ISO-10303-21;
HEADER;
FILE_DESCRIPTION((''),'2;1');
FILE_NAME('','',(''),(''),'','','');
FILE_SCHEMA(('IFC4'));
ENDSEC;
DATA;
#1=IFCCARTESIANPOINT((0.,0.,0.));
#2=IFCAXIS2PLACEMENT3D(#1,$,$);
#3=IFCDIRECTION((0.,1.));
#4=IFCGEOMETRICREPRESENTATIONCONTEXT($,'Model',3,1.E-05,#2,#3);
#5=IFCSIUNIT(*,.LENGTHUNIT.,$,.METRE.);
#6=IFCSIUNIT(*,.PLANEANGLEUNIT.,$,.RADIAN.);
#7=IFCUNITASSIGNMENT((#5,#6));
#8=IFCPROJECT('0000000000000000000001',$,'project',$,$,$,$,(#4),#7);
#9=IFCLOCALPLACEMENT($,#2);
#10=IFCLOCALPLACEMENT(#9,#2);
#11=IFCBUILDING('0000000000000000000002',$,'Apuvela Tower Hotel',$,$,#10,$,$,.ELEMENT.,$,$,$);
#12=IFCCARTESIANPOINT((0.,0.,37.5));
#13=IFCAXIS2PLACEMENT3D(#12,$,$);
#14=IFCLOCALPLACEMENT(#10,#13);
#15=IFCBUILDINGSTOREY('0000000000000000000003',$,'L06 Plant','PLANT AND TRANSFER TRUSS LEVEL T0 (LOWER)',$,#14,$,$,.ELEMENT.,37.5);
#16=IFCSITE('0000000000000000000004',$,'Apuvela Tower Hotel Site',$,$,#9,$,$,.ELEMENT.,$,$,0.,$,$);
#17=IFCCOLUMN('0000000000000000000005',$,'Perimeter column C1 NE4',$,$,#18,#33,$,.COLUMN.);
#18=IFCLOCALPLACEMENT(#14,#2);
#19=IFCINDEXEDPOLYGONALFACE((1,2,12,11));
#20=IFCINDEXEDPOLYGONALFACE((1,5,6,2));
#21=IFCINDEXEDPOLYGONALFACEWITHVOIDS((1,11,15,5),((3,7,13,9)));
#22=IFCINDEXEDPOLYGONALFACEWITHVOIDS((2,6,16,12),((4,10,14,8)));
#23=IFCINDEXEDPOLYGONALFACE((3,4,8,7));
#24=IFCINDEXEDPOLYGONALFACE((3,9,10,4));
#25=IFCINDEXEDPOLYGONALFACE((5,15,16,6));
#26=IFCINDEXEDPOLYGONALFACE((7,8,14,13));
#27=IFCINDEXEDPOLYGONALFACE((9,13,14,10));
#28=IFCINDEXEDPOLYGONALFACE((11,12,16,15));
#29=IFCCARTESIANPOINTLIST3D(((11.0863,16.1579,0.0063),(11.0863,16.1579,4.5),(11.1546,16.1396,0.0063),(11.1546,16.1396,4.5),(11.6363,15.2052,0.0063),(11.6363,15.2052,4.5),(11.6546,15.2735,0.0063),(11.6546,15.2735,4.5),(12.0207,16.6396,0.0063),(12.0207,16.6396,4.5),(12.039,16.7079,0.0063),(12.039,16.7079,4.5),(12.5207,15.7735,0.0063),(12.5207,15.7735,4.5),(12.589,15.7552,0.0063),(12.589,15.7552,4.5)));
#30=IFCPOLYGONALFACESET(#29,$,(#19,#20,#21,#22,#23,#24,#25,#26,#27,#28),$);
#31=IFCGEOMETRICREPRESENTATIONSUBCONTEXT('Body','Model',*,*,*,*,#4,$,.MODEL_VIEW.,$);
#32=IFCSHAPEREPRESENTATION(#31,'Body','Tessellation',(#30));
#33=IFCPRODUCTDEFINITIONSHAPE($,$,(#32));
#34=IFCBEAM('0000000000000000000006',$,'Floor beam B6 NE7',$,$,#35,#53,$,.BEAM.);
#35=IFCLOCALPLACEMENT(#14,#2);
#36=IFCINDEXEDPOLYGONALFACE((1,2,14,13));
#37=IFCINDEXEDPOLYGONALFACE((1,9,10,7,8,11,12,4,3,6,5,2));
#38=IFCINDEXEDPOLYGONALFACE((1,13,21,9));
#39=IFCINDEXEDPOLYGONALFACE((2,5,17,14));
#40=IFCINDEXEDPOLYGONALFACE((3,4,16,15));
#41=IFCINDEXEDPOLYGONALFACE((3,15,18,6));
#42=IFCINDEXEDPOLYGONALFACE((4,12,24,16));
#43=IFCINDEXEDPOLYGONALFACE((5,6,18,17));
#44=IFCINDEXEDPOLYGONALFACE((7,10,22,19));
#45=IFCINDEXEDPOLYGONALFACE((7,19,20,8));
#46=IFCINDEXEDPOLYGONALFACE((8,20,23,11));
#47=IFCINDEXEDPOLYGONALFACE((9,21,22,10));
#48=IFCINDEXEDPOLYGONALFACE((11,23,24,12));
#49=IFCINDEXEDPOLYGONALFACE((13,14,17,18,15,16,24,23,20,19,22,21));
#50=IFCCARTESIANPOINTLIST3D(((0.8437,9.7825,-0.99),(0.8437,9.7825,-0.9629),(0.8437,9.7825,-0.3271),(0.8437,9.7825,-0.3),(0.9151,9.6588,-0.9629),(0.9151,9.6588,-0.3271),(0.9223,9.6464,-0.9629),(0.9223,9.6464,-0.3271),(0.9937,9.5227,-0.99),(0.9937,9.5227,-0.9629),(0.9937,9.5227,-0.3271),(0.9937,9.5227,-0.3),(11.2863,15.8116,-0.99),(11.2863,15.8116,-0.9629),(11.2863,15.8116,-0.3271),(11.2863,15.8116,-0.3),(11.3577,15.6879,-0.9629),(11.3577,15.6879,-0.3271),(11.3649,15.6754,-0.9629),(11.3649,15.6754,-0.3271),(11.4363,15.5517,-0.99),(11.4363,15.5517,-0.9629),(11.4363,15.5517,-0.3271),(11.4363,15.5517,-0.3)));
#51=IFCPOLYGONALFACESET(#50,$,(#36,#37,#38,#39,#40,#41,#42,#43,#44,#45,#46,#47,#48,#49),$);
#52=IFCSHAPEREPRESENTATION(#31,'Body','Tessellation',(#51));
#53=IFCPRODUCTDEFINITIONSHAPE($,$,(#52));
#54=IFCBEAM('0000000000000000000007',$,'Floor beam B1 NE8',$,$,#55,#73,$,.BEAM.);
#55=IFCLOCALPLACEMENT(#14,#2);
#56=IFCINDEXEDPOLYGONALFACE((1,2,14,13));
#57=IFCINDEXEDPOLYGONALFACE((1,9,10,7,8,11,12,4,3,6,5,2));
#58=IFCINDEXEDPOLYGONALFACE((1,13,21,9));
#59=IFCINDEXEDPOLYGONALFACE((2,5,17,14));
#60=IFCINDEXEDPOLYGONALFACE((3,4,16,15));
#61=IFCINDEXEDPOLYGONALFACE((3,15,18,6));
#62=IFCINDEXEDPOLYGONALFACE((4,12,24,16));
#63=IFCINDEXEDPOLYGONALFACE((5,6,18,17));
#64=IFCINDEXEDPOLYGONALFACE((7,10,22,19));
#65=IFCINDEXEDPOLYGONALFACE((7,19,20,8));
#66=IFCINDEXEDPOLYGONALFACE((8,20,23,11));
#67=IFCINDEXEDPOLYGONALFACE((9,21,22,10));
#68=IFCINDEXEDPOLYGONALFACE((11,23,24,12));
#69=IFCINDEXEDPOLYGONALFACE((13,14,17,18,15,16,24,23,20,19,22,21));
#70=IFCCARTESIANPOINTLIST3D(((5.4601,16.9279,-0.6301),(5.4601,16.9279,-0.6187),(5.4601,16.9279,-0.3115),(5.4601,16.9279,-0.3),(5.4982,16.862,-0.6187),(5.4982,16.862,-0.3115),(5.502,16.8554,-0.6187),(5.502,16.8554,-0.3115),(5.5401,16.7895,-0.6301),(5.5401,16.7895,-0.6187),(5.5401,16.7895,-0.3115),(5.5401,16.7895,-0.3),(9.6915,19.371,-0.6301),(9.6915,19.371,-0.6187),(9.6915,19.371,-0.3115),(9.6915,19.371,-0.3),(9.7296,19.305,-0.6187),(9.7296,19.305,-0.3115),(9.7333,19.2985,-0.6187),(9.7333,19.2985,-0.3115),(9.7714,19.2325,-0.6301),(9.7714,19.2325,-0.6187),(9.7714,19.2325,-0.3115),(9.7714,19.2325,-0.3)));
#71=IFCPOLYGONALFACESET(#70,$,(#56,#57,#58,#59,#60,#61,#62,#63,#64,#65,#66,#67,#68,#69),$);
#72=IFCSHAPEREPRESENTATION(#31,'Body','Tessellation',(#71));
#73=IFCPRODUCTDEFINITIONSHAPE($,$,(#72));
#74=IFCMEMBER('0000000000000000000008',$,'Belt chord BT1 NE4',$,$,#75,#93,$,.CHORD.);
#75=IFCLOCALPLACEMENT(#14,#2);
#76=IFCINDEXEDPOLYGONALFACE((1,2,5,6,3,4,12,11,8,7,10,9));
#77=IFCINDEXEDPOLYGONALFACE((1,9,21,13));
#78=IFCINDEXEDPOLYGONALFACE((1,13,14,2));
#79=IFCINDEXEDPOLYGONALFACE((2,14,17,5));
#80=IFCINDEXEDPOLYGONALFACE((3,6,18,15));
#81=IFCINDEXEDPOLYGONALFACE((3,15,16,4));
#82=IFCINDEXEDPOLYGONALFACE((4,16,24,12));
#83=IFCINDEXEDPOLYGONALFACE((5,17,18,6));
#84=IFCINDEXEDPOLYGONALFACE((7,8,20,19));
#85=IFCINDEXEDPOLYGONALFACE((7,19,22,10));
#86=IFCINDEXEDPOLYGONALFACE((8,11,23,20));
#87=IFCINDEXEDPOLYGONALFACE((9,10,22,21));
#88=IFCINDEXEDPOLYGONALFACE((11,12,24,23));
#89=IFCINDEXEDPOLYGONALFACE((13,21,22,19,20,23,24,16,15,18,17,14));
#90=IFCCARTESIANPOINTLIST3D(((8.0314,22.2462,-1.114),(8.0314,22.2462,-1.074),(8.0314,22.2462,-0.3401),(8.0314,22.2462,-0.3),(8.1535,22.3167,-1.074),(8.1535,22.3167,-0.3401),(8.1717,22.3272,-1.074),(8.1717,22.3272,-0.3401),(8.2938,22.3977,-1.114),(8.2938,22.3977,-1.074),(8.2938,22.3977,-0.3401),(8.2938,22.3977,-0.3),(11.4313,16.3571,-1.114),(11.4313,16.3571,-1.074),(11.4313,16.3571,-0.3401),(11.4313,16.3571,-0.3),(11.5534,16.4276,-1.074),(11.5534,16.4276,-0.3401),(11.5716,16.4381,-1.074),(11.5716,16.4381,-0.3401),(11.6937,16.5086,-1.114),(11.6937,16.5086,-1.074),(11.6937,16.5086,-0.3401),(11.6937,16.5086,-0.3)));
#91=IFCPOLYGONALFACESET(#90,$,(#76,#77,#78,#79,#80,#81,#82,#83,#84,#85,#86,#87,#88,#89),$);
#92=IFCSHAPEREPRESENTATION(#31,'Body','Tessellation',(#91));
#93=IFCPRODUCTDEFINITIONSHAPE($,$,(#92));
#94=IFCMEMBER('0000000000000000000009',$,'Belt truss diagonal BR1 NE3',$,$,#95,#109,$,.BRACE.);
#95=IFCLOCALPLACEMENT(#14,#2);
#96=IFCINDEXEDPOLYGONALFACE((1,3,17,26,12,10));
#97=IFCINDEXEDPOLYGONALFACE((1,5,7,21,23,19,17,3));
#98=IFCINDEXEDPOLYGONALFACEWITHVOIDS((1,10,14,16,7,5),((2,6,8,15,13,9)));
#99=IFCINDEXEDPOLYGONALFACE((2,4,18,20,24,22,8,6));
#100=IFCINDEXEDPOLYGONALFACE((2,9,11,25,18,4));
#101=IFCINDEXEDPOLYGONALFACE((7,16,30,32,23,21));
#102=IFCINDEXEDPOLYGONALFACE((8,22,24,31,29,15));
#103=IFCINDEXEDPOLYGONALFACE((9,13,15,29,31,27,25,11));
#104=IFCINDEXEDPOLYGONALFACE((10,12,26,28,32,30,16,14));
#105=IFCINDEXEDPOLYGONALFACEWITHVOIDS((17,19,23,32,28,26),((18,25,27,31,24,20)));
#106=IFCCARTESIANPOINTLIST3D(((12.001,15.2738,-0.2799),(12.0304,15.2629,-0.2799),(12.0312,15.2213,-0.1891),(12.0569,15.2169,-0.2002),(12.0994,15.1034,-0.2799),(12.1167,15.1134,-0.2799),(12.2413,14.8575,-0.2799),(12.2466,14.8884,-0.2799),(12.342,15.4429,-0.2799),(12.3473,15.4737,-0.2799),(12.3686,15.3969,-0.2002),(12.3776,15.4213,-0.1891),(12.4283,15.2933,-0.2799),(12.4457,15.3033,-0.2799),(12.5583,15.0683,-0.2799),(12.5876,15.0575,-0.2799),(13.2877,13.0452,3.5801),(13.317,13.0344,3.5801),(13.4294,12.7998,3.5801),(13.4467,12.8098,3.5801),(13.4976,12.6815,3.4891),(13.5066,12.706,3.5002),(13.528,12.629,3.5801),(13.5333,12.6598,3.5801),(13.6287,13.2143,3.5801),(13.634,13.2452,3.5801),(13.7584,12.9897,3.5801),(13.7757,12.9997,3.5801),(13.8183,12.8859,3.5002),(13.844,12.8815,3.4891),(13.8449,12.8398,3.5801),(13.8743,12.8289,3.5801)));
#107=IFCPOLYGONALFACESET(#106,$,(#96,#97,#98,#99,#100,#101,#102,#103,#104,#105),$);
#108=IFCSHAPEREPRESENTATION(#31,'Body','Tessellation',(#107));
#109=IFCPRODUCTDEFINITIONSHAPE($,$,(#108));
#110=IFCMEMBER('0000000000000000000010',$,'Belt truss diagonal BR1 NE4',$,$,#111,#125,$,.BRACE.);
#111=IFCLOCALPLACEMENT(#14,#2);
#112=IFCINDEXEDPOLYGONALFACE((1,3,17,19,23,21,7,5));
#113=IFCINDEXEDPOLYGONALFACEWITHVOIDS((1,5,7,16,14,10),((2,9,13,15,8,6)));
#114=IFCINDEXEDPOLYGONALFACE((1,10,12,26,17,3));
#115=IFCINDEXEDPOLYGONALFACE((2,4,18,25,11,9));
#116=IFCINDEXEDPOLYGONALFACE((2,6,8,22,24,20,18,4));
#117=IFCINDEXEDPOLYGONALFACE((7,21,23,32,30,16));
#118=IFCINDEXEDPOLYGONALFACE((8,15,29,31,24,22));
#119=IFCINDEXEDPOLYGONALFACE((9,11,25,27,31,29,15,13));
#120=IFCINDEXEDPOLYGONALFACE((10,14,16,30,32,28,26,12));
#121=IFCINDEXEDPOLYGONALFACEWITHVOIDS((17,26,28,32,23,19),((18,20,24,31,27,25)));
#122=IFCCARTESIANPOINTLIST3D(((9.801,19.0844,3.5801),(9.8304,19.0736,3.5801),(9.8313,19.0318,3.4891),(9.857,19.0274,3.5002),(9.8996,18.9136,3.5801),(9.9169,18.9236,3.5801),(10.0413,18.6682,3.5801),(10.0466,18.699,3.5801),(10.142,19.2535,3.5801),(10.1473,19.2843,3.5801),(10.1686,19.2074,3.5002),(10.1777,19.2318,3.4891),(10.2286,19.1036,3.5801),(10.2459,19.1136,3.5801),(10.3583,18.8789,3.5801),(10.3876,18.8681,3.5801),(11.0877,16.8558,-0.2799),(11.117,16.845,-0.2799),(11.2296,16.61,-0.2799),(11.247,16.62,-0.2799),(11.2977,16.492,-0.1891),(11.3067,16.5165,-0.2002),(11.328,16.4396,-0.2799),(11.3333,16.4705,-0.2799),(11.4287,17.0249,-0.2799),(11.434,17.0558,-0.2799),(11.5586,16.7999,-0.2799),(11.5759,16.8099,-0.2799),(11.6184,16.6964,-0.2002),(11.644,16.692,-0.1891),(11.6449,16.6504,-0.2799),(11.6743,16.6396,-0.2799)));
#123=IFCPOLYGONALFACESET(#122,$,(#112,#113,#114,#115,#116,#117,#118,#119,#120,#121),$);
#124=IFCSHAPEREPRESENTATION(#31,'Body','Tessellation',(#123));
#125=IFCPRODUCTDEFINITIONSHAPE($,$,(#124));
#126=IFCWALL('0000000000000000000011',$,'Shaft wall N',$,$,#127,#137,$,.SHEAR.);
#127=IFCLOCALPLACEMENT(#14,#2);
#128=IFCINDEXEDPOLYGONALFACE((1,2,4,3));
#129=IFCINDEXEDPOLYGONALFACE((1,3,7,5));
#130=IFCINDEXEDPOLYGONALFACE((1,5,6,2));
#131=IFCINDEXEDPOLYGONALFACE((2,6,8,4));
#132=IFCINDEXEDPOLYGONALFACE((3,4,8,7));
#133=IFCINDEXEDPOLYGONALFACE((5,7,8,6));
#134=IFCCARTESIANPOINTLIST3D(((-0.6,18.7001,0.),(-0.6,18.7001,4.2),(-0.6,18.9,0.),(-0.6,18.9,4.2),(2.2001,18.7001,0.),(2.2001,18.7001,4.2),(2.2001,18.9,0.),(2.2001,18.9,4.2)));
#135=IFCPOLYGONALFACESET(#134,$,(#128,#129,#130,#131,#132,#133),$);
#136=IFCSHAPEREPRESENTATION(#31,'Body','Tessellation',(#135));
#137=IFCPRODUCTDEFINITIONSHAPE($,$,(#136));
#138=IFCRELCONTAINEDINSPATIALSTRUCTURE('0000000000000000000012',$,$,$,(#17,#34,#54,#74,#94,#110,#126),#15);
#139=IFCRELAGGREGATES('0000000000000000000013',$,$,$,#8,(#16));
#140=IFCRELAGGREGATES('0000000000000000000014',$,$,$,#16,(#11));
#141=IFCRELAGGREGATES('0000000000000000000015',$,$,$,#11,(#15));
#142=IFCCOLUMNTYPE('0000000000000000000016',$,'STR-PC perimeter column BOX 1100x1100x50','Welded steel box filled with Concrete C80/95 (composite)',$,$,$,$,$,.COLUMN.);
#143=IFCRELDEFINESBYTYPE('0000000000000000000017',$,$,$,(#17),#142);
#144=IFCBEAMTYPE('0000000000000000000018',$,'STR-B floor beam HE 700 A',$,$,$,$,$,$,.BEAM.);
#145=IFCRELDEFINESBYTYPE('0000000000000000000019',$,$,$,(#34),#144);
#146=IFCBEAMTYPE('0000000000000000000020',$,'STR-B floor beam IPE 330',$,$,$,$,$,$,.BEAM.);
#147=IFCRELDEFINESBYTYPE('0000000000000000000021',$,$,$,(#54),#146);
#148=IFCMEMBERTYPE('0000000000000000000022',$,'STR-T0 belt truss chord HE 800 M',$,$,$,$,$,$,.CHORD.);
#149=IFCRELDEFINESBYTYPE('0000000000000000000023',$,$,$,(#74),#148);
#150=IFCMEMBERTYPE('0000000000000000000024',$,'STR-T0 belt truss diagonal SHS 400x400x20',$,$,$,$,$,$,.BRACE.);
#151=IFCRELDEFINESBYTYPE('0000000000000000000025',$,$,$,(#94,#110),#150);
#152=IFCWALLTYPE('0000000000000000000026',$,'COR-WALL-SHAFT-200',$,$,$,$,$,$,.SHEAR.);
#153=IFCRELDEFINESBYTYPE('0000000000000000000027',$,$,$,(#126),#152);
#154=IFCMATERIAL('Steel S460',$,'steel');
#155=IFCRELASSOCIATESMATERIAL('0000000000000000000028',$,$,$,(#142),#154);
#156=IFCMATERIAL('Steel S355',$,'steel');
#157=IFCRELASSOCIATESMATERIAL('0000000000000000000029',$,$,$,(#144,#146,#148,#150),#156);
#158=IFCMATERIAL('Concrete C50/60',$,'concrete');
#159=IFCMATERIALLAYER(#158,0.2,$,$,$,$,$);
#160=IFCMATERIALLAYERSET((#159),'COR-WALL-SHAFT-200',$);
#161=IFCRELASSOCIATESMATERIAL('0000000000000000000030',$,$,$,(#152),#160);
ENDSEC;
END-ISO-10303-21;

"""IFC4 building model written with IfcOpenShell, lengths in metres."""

from ifc_helpers import new_model, si_unit, direction, frame, frame_2d, origin, origin_2d, place, context, subcontext, project, spatial, rectangle, hollow_rectangle, i_section, extrude, boolean, halfspace, material, layer, layer_set, material_profile, profile_set, type_object, element, save


model = new_model("IFC4")

# Units and contexts
model_context = context("Model", 3, precision=1e-05, world=origin(), true_north=direction((0.0, 1.0)))
body_context = subcontext(model_context, "Body", "Model", "MODEL_VIEW")
ifc_project = project(units=[si_unit("LENGTHUNIT", "METRE"), si_unit("PLANEANGLEUNIT", "RADIAN")], contexts=[model_context])

# Site, building, storey
site_placement = place(None, origin())
site = spatial("IfcSite", under=ifc_project, at=site_placement, Name="Apuvela Tower Hotel Site", CompositionType="ELEMENT", RefElevation=0.0)
building_placement = place(site_placement, origin())
building = spatial("IfcBuilding", under=site, at=building_placement, Name="Apuvela Tower Hotel", CompositionType="ELEMENT")
storey_placement = place(building_placement, frame((0.0, 0.0, 37.5)))
storey = spatial("IfcBuildingStorey", under=building, at=storey_placement, Name="L06 Plant", Description="PLANT AND TRANSFER TRUSS LEVEL T0 (LOWER)", CompositionType="ELEMENT", Elevation=37.5)

# Column
ifc_material_1 = material(Name="Steel S460", Category="steel")
ifc_material_profile_1 = material_profile(ifc_material_1, hollow_rectangle(XDim=1.1001, YDim=1.1001, WallThickness=0.05, at=origin_2d()), Name="BOX 1100x1100x50")
ifc_material_2 = material(Name="Concrete C80/95", Category="concrete")
ifc_material_profile_2 = material_profile(ifc_material_2, rectangle(XDim=1.0, YDim=1.0, at=origin_2d()), Name="Concrete C80/95 infill")
ifc_profile_set_1 = profile_set([ifc_material_profile_1, ifc_material_profile_2], Name="Steel S460")
column_type = type_object("IfcColumnType", Name="STR-PC perimeter column BOX 1100x1100x50", Description="Welded steel box filled with Concrete C80/95 (composite)", PredefinedType="COLUMN", material=ifc_profile_set_1)
column_placement = place(storey_placement, frame((11.8376, 15.9565, 0.0), z_axis=(0.0, 0.0, 1.0), x_axis=(-0.5, 0.866025, 0.0)))
element("IfcColumn", 1, at=column_placement, inside=storey, type_object=column_type, Name="Perimeter column C1 NE4", PredefinedType="COLUMN", context=body_context, shape_type="SweptSolid", body=[
    boolean("DIFFERENCE", extrude(hollow_rectangle(XDim=1.1001, YDim=1.1001, WallThickness=0.05, at=origin_2d()), origin(), (0.0, 0.0, 1.0), 4.5), halfspace(frame((0.0, 0.0, 0.0063), z_axis=(0.0, 0.0, 1.0), x_axis=(1.0, 0.0, 0.0)), True)),
])

# Beams
ifc_material_3 = material(Name="Steel S355", Category="steel")
ifc_material_profile_3 = material_profile(ifc_material_3, i_section(OverallWidth=0.3, OverallDepth=0.6899, WebThickness=0.0144, FlangeThickness=0.0271, at=origin_2d()), Name="HE 700 A")
ifc_profile_set_2 = profile_set([ifc_material_profile_3], Name="Steel S355")
beam_type_1 = type_object("IfcBeamType", Name="STR-B floor beam HE 700 A", PredefinedType="BEAM", material=ifc_profile_set_2)
beam_1_placement = place(storey_placement, frame((11.3613, 15.6816, -0.645), z_axis=(-0.866025, -0.5, 0.0), x_axis=(0.5, -0.866025, 0.0)))
element("IfcBeam", 2, at=beam_1_placement, inside=storey, type_object=beam_type_1, Name="Floor beam B6 NE7", PredefinedType="BEAM", context=body_context, shape_type="SweptSolid", body=[
    extrude(i_section(OverallWidth=0.3, OverallDepth=0.6899, WebThickness=0.0144, FlangeThickness=0.0271, at=origin_2d()), origin(), (0.0, 0.0, 1.0), 12.0581),
])
ifc_material_profile_4 = material_profile(ifc_material_3, i_section(OverallWidth=0.1599, OverallDepth=0.3301, WebThickness=0.0076, FlangeThickness=0.0115, at=origin_2d()), Name="IPE 330")
ifc_profile_set_3 = profile_set([ifc_material_profile_4], Name="Steel S355")
beam_type_2 = type_object("IfcBeamType", Name="STR-B floor beam IPE 330", PredefinedType="BEAM", material=ifc_profile_set_3)
beam_2_placement = place(storey_placement, frame((9.7314, 19.3018, -0.4651), z_axis=(-0.866018, -0.500014, 0.0), x_axis=(0.500014, -0.866018, 0.0)))
element("IfcBeam", 3, at=beam_2_placement, inside=storey, type_object=beam_type_2, Name="Floor beam B1 NE8", PredefinedType="BEAM", context=body_context, shape_type="SweptSolid", body=[
    extrude(i_section(OverallWidth=0.1599, OverallDepth=0.3301, WebThickness=0.0076, FlangeThickness=0.0115, at=origin_2d()), origin(), (0.0, 0.0, 1.0), 4.886),
])

# Members
ifc_material_profile_5 = material_profile(ifc_material_3, i_section(OverallWidth=0.303, OverallDepth=0.814, WebThickness=0.021, FlangeThickness=0.04, at=origin_2d()), Name="HE 800 M")
ifc_profile_set_4 = profile_set([ifc_material_profile_5], Name="Steel S355")
member_type_1 = type_object("IfcMemberType", Name="STR-T0 belt truss chord HE 800 M", PredefinedType="CHORD", material=ifc_profile_set_4)
member_1_placement = place(storey_placement, frame((11.5625, 16.4329, -0.707), z_axis=(-0.499977, 0.866039, 0.0), x_axis=(-0.866039, -0.499977, 0.0)))
element("IfcMember", 4, at=member_1_placement, inside=storey, type_object=member_type_1, Name="Belt chord BT1 NE4", PredefinedType="CHORD", context=body_context, shape_type="SweptSolid", body=[
    extrude(i_section(OverallWidth=0.303, OverallDepth=0.814, WebThickness=0.021, FlangeThickness=0.04, at=origin_2d()), origin(), (0.0, 0.0, 1.0), 6.8),
])
ifc_material_profile_6 = material_profile(ifc_material_3, hollow_rectangle(XDim=0.3999, YDim=0.3999, WallThickness=0.02, at=origin_2d()), Name="SHS 400x400x20")
ifc_profile_set_5 = profile_set([ifc_material_profile_6], Name="Steel S355")
member_type_2 = type_object("IfcMemberType", Name="STR-T0 belt truss diagonal SHS 400x400x20", PredefinedType="BRACE", material=ifc_profile_set_5)
member_2_placement = place(storey_placement, frame((12.2876, 15.1772, -0.3), z_axis=(0.277351, -0.480378, 0.832054), x_axis=(-0.416033, 0.720576, 0.554695)))
solid_1 = boolean("DIFFERENCE", boolean("DIFFERENCE", extrude(hollow_rectangle(XDim=0.3999, YDim=0.3999, WallThickness=0.02, at=origin_2d()), frame((0.0, 0.0, -0.2534)), (0.0, 0.0, 1.0), 5.1941), halfspace(frame((0.0, 0.0, 0.0242), z_axis=(0.554695, 0.0, 0.832054), x_axis=(0.832054, 0.0, -0.554695)), True)), halfspace(frame((0.0, 0.0, 4.6633), z_axis=(0.554695, 0.0, 0.832054), x_axis=(0.832054, 0.0, -0.554695)), False))
element("IfcMember", 5, at=member_2_placement, inside=storey, type_object=member_type_2, Name="Belt truss diagonal BR1 NE3", PredefinedType="BRACE", context=body_context, shape_type="SweptSolid", body=[
    boolean("UNION", boolean("DIFFERENCE", boolean("DIFFERENCE", extrude(hollow_rectangle(XDim=0.3999, YDim=0.3999, WallThickness=0.02, at=origin_2d()), origin(), (0.0, 0.0, 1.0), 4.6873), halfspace(frame((0.0, 0.0, 0.0242), z_axis=(0.554695, 0.0, 0.832054), x_axis=(0.832054, 0.0, -0.554695)), True)), halfspace(frame((0.0, 0.0, 4.6633), z_axis=(0.554695, 0.0, 0.832054), x_axis=(0.832054, 0.0, -0.554695)), False)), solid_1),
])
member_3_placement = place(storey_placement, frame((11.3877, 16.7361, -0.3), z_axis=(-0.277351, 0.480378, 0.832054), x_axis=(0.416033, -0.720576, 0.554695)))
solid_2 = boolean("DIFFERENCE", boolean("DIFFERENCE", extrude(hollow_rectangle(XDim=0.3999, YDim=0.3999, WallThickness=0.02, at=origin_2d()), frame((0.0, 0.0, -0.2534)), (0.0, 0.0, 1.0), 5.1941), halfspace(frame((0.0, 0.0, 0.0242), z_axis=(0.554695, 0.0, 0.832054), x_axis=(0.832054, 0.0, -0.554695)), True)), halfspace(frame((0.0, 0.0, 4.6633), z_axis=(0.554695, 0.0, 0.832054), x_axis=(0.832054, 0.0, -0.554695)), False))
element("IfcMember", 6, at=member_3_placement, inside=storey, type_object=member_type_2, Name="Belt truss diagonal BR1 NE4", PredefinedType="BRACE", context=body_context, shape_type="SweptSolid", body=[
    boolean("UNION", boolean("DIFFERENCE", boolean("DIFFERENCE", extrude(hollow_rectangle(XDim=0.3999, YDim=0.3999, WallThickness=0.02, at=origin_2d()), origin(), (0.0, 0.0, 1.0), 4.6873), halfspace(frame((0.0, 0.0, 0.0242), z_axis=(0.554695, 0.0, 0.832054), x_axis=(0.832054, 0.0, -0.554695)), True)), halfspace(frame((0.0, 0.0, 4.6633), z_axis=(0.554695, 0.0, 0.832054), x_axis=(0.832054, 0.0, -0.554695)), False)), solid_2),
])

# Wall
ifc_material_4 = material(Name="Concrete C50/60", Category="concrete")
ifc_layer_1 = layer(ifc_material_4, 0.2)
ifc_layer_set_1 = layer_set([ifc_layer_1], Name="COR-WALL-SHAFT-200")
wall_type_1 = type_object("IfcWallType", Name="COR-WALL-SHAFT-200", PredefinedType="SHEAR", material=ifc_layer_set_1)
wall_1_placement = place(storey_placement, frame((2.2, 18.8, 0.0), z_axis=(0.0, 0.0, 1.0), x_axis=(-1.0, 0.0, 0.0)))
element("IfcWall", 7, at=wall_1_placement, inside=storey, type_object=wall_type_1, Name="Shaft wall N", PredefinedType="SHEAR", context=body_context, shape_type="SweptSolid", body=[
    extrude(rectangle(XDim=2.8, YDim=0.2, at=frame_2d((1.3999, 0.0))), origin(), (0.0, 0.0, 1.0), 4.2),
])

save(model, "model.ifc")
